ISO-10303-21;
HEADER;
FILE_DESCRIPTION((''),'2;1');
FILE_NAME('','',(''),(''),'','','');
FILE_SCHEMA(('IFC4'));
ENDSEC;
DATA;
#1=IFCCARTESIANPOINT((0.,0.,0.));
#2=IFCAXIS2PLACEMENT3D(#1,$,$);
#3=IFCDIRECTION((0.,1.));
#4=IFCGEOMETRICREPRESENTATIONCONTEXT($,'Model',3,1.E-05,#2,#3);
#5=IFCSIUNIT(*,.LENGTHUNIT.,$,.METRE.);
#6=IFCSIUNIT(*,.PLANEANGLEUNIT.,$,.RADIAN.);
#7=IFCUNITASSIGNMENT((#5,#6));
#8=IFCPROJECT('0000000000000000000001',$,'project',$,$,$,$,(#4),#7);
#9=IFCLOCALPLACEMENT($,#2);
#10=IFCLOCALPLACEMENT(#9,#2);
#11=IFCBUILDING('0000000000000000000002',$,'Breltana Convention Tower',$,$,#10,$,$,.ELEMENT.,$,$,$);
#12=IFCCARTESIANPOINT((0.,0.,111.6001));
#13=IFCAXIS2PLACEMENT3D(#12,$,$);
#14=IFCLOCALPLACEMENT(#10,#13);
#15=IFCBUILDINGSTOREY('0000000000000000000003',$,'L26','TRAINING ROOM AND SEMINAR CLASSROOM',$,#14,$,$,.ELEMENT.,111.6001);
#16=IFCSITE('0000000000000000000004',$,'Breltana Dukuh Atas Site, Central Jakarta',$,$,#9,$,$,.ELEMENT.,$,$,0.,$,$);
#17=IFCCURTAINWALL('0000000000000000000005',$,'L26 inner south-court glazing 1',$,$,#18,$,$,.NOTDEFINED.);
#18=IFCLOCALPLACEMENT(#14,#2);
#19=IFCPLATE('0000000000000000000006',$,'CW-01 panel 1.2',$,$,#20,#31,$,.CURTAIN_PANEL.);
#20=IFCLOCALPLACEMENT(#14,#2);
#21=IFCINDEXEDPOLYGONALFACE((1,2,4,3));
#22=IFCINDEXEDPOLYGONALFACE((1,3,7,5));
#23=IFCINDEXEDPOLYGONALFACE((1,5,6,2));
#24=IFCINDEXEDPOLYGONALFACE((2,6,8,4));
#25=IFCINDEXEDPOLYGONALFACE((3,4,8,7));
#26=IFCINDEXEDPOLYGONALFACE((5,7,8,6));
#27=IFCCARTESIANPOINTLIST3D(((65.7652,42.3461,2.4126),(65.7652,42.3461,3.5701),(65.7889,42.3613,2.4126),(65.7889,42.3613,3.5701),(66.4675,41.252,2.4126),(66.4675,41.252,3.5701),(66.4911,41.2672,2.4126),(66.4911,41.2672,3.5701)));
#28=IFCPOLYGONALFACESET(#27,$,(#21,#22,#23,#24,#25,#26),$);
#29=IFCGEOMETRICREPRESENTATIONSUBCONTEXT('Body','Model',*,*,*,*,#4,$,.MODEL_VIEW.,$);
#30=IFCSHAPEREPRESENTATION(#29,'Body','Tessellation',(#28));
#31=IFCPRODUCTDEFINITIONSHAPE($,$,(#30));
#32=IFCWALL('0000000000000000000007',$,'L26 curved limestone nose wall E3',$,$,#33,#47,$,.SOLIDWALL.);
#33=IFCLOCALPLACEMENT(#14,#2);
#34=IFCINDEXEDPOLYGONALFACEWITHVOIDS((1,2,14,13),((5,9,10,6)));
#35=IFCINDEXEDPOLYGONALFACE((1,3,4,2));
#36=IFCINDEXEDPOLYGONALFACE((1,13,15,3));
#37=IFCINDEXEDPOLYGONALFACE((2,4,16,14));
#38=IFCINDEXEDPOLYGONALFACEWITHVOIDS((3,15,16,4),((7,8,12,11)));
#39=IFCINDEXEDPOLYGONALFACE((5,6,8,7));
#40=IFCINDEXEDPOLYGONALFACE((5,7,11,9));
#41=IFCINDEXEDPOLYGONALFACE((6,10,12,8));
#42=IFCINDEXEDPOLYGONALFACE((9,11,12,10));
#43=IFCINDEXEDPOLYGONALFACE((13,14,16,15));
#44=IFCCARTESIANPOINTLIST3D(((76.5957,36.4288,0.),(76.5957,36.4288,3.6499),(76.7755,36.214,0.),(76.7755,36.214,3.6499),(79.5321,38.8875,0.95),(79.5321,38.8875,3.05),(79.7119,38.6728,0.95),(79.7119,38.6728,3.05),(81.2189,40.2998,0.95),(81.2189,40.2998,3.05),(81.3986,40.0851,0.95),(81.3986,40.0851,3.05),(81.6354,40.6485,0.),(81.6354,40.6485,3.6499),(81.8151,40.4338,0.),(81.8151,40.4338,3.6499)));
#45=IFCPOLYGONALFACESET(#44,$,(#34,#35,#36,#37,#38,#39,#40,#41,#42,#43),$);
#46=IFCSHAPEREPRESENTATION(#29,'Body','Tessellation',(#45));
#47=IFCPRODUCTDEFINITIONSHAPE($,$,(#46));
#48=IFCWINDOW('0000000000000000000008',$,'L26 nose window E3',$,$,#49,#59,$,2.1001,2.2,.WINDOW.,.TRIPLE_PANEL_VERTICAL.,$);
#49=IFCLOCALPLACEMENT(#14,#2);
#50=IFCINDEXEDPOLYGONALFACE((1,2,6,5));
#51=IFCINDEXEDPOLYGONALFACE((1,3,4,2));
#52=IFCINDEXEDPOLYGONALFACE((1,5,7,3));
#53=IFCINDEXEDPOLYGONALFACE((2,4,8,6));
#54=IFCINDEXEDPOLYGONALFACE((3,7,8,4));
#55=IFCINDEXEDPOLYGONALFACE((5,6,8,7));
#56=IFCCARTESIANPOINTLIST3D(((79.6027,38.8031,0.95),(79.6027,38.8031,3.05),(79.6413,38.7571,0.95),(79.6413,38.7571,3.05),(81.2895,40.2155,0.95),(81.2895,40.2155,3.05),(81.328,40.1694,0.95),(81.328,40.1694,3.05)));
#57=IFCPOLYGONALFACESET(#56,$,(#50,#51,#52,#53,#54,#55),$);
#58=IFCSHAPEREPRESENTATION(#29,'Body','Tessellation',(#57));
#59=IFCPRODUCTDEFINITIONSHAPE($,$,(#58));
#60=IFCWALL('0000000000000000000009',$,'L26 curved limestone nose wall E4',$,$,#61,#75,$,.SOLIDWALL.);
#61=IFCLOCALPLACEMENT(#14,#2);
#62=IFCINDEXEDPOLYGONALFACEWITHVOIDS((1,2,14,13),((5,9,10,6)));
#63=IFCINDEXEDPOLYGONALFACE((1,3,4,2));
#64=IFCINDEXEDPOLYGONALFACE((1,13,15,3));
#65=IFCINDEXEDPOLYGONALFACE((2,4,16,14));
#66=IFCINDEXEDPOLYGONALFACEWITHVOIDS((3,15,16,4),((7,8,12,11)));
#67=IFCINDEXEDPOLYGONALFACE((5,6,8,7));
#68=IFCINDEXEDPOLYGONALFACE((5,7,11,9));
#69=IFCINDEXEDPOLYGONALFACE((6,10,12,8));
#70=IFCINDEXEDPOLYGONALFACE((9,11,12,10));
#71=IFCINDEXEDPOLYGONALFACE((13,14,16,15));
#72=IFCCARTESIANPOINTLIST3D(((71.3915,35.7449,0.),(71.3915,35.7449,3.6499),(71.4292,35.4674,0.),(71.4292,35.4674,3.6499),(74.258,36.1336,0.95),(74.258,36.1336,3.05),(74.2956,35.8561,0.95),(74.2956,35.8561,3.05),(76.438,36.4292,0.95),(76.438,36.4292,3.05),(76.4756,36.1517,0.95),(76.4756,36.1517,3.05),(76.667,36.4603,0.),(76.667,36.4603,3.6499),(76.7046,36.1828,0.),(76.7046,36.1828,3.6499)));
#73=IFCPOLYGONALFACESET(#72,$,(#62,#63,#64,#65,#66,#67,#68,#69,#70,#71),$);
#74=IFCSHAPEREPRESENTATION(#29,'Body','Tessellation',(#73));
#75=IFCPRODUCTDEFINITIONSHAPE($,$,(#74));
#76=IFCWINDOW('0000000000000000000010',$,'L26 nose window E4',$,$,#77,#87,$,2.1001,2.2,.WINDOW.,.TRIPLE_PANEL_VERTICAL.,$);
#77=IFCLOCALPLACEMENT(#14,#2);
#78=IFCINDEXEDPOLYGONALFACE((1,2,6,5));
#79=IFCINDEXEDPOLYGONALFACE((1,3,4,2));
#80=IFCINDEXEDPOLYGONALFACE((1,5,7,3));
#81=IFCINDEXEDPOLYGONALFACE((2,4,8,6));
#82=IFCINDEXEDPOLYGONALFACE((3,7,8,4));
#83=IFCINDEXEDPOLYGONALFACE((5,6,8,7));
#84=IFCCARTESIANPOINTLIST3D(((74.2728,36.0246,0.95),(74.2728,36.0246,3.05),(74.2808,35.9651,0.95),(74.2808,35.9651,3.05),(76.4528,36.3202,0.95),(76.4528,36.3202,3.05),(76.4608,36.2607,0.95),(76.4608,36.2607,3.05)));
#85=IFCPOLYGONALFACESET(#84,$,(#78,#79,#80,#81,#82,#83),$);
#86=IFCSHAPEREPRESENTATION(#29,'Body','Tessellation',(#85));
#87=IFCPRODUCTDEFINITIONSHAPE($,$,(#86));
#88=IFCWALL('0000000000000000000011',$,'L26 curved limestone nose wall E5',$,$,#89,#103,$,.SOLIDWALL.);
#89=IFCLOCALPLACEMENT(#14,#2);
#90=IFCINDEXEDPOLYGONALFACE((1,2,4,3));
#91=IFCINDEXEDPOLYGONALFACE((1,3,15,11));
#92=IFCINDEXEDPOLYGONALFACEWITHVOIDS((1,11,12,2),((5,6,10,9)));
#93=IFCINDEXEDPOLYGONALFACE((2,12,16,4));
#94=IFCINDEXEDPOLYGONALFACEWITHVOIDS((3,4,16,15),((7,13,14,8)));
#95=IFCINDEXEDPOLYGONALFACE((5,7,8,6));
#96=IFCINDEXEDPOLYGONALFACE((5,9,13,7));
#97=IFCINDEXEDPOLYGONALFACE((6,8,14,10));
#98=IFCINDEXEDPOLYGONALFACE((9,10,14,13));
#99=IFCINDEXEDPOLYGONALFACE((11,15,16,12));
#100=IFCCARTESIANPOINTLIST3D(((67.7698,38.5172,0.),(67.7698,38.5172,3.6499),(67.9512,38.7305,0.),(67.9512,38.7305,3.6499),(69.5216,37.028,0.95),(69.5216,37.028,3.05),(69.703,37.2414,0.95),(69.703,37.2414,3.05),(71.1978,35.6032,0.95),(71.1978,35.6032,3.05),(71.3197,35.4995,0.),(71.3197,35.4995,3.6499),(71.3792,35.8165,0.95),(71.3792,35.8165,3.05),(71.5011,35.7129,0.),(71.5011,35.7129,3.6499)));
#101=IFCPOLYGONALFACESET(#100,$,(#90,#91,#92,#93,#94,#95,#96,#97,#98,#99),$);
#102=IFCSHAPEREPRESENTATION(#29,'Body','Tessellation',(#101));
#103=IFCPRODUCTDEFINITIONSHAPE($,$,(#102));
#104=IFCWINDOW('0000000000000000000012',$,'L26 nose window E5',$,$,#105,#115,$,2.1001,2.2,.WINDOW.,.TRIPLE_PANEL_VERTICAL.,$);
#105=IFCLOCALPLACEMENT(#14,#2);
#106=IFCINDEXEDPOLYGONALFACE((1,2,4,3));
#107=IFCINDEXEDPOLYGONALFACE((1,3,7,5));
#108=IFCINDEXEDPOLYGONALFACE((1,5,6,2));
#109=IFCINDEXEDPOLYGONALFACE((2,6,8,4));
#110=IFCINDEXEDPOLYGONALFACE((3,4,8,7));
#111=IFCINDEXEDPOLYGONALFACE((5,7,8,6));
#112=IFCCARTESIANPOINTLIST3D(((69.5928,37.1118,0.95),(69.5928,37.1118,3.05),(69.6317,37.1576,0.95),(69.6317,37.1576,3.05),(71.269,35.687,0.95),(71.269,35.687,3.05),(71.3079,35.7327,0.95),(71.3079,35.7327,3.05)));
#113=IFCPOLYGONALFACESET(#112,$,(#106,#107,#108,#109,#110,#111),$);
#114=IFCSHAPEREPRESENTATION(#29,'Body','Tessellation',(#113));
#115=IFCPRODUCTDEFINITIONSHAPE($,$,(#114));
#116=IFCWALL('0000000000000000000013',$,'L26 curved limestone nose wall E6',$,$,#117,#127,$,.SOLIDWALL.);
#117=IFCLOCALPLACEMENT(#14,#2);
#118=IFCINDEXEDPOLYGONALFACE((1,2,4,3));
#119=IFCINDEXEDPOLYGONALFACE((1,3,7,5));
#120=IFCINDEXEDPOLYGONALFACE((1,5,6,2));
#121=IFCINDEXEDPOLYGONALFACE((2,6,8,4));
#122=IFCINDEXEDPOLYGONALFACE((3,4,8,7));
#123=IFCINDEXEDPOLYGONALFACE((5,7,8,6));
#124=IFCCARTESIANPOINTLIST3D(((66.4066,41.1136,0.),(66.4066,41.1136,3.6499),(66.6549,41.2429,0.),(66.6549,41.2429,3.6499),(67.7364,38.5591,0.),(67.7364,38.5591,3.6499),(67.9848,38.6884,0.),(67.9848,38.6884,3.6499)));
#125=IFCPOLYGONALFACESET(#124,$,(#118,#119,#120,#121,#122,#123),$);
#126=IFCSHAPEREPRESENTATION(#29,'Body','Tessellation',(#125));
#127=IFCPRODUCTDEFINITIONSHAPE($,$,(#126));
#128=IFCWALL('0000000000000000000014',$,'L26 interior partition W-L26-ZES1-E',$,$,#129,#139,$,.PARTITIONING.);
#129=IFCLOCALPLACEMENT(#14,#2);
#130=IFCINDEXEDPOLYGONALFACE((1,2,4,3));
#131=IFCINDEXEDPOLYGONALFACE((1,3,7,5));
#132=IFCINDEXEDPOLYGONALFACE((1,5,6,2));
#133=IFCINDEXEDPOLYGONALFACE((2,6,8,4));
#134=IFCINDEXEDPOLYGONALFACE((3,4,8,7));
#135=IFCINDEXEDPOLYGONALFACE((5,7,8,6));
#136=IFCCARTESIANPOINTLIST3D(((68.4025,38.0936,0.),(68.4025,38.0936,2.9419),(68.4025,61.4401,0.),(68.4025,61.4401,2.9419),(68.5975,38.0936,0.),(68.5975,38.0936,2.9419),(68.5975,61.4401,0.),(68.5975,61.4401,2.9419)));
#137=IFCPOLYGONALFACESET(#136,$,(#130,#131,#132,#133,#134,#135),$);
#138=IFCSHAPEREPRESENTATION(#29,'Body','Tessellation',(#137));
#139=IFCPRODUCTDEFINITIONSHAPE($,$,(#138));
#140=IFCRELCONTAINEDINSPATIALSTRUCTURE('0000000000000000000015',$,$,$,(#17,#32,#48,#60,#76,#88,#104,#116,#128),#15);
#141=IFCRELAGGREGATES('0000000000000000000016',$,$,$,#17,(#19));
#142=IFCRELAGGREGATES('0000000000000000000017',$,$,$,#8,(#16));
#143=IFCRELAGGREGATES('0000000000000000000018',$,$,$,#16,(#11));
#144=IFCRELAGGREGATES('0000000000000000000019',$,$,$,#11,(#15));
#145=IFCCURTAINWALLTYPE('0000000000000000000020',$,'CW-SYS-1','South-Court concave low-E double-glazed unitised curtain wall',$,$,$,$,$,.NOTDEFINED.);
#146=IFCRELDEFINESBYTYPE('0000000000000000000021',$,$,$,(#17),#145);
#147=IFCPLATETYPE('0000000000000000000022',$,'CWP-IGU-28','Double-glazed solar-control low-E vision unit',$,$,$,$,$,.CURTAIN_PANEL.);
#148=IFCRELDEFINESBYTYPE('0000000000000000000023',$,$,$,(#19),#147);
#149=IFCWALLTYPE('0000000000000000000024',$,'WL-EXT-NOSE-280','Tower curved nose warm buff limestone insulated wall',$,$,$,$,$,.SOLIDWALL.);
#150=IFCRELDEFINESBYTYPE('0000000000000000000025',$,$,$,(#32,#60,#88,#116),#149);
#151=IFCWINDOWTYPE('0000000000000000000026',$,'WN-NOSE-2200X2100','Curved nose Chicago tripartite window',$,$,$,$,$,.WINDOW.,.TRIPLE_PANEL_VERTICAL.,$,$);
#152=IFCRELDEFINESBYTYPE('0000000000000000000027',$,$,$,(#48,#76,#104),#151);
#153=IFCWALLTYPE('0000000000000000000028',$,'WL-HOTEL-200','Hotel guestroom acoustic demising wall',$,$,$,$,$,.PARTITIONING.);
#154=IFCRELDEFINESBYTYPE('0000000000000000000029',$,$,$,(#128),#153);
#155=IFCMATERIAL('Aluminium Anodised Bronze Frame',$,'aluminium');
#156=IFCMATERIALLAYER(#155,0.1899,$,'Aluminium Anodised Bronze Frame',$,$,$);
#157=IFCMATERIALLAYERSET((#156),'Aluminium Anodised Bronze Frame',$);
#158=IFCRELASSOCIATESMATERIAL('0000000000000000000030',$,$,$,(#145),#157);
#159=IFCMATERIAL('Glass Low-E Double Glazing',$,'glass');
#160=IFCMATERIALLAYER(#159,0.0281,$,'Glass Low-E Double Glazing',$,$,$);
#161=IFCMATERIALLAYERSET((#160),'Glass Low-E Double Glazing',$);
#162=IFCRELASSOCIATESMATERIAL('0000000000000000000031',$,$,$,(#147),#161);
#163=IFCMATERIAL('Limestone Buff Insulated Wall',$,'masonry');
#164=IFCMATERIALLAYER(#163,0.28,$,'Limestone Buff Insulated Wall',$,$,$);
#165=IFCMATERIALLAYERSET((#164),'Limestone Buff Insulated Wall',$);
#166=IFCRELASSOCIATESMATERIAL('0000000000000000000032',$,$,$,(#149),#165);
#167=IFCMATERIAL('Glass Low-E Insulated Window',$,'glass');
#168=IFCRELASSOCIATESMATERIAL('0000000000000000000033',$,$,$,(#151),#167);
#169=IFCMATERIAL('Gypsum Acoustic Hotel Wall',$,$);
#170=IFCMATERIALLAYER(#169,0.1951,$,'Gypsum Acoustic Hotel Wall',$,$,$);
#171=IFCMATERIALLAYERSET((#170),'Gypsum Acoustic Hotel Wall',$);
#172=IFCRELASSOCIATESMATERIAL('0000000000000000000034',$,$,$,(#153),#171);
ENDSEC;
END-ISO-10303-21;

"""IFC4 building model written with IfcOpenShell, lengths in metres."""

from ifc_helpers import new_model, si_unit, direction, frame, frame_2d, origin, origin_2d, place, context, subcontext, project, spatial, rectangle, extrude, source, transform, mapped, material, layer, layer_set, type_object, type_shapes, element, fill, aggregate, save


model = new_model("IFC4")

# Units and contexts
model_context = context("Model", 3, precision=1e-05, world=origin(), true_north=direction((0.0, 1.0)))
body_context = subcontext(model_context, "Body", "Model", "MODEL_VIEW")
ifc_project = project(units=[si_unit("LENGTHUNIT", "METRE"), si_unit("PLANEANGLEUNIT", "RADIAN")], contexts=[model_context])

# Site, building, storey
site_placement = place(None, origin())
site = spatial("IfcSite", under=ifc_project, at=site_placement, Name="Breltana Dukuh Atas Site, Central Jakarta", CompositionType="ELEMENT", RefElevation=0.0)
building_placement = place(site_placement, origin())
building = spatial("IfcBuilding", under=site, at=building_placement, Name="Breltana Convention Tower", CompositionType="ELEMENT")
storey_placement = place(building_placement, frame((0.0, 0.0, 111.6001)))
storey = spatial("IfcBuildingStorey", under=building, at=storey_placement, Name="L26", Description="TRAINING ROOM AND SEMINAR CLASSROOM", CompositionType="ELEMENT", Elevation=111.6001)

# Curtain wall, plate
ifc_material_1 = material(Name="Aluminium Anodised Bronze Frame", Category="aluminium")
ifc_layer_1 = layer(ifc_material_1, 0.1899, Name="Aluminium Anodised Bronze Frame")
ifc_layer_set_1 = layer_set([ifc_layer_1], Name="Aluminium Anodised Bronze Frame")
curtain_wall_type = type_object("IfcCurtainWallType", Name="CW-SYS-1", Description="South-Court concave low-E double-glazed unitised curtain wall", PredefinedType="NOTDEFINED", material=ifc_layer_set_1)
curtain_wall_placement = place(storey_placement, origin())
curtain_wall = element("IfcCurtainWall", 1, at=curtain_wall_placement, inside=storey, type_object=curtain_wall_type, Name="L26 inner south-court glazing 1", PredefinedType="NOTDEFINED")
ifc_material_2 = material(Name="Glass Low-E Double Glazing", Category="glass")
ifc_layer_2 = layer(ifc_material_2, 0.0281, Name="Glass Low-E Double Glazing")
ifc_layer_set_2 = layer_set([ifc_layer_2], Name="Glass Low-E Double Glazing")
plate_type = type_object("IfcPlateType", Name="CWP-IGU-28", Description="Double-glazed solar-control low-E vision unit", PredefinedType="CURTAIN_PANEL", material=ifc_layer_set_2)
shared_shape_1 = source(origin(), body_context, "Body", "SweptSolid", [
    extrude(rectangle(XDim=1.3, YDim=0.0281, at=origin_2d()), origin(), (0.0, 0.0, 1.0), 1.1575),
])
plate_1_placement = place(storey_placement, frame((66.1282, 41.8066, 2.4126), z_axis=(0.0, 0.0, 1.0), x_axis=(-0.540177, 0.841551, 0.0)))
plate_1 = element("IfcPlate", 2, at=plate_1_placement, type_object=plate_type, Name="CW-01 panel 1.2", PredefinedType="CURTAIN_PANEL", context=body_context, shape_type="MappedRepresentation", body=[
    mapped(shared_shape_1, transform((0.0, 0.0, 0.0), scale=1.0)),
])
aggregate(curtain_wall, [plate_1])

# Walls, openings, windows
ifc_material_3 = material(Name="Limestone Buff Insulated Wall", Category="masonry")
ifc_layer_3 = layer(ifc_material_3, 0.28, Name="Limestone Buff Insulated Wall")
ifc_layer_set_3 = layer_set([ifc_layer_3], Name="Limestone Buff Insulated Wall")
wall_type_1 = type_object("IfcWallType", Name="WL-EXT-NOSE-280", Description="Tower curved nose warm buff limestone insulated wall", PredefinedType="SOLIDWALL", material=ifc_layer_set_3)
shared_shape_2 = source(origin(), body_context, "Body", "SweptSolid", [
    extrude(rectangle(XDim=6.573, YDim=0.28, at=frame_2d((3.2866, 0.0))), origin(), (0.0, 0.0, 1.0), 3.6499),
])
wall_1_placement = place(storey_placement, frame((81.7253, 40.5413, 0.0), z_axis=(0.0, 0.0, 1.0), x_axis=(-0.766715, -0.641987, 0.0)))
wall_1 = element("IfcWall", 3, at=wall_1_placement, inside=storey, type_object=wall_type_1, Name="L26 curved limestone nose wall E3", PredefinedType="SOLIDWALL", context=body_context, shape_type="MappedRepresentation", body=[
    mapped(shared_shape_2, transform((0.0, 0.0, 0.0), scale=1.0)),
])
opening_1_placement = place(wall_1_placement, frame((0.5432, 0.0, 0.95)))
opening_1 = element("IfcOpeningElement", 4, at=opening_1_placement, cuts=wall_1, PredefinedType="OPENING", context=body_context, shape_type="SweptSolid", body=[
    extrude(rectangle(XDim=2.2, YDim=2.1001, at=frame_2d((1.1001, 1.05))), frame((0.0, 0.1499, 0.0), z_axis=(0.0, -1.0, 0.0), x_axis=(1.0, 0.0, 0.0)), (0.0, 0.0, 1.0), 0.3),
])
ifc_material_4 = material(Name="Glass Low-E Insulated Window", Category="glass")
window_type = type_object("IfcWindowType", Name="WN-NOSE-2200X2100", Description="Curved nose Chicago tripartite window", PartitioningType="TRIPLE_PANEL_VERTICAL", PredefinedType="WINDOW", material=ifc_material_4)
shared_shape_3 = source(origin(), body_context, "Body", "SweptSolid", [
    extrude(rectangle(XDim=2.2, YDim=2.1001, at=frame_2d((1.1001, 1.05))), frame((0.0, 0.03, 0.0), z_axis=(0.0, -1.0, 0.0), x_axis=(1.0, 0.0, 0.0)), (0.0, 0.0, 1.0), 0.0601),
])
type_shapes(window_type, [shared_shape_3])
window_1_placement = place(opening_1_placement, origin())
window_1 = element("IfcWindow", 5, at=window_1_placement, inside=storey, type_object=window_type, Name="L26 nose window E3", OverallHeight=2.1001, OverallWidth=2.2, PartitioningType="TRIPLE_PANEL_VERTICAL", PredefinedType="WINDOW", context=body_context, shape_type="MappedRepresentation", body=[
    mapped(shared_shape_3, transform((0.0, 0.0, 0.0), scale=1.0)),
])
fill(opening_1, window_1)
shared_shape_4 = source(origin(), body_context, "Body", "SweptSolid", [
    extrude(rectangle(XDim=5.3237, YDim=0.28, at=frame_2d((2.6619, 0.0))), origin(), (0.0, 0.0, 1.0), 3.6499),
])
wall_2_placement = place(storey_placement, frame((76.6858, 36.3215, 0.0), z_axis=(0.0, 0.0, 1.0), x_axis=(-0.990931, -0.134368, 0.0)))
wall_2 = element("IfcWall", 6, at=wall_2_placement, inside=storey, type_object=wall_type_1, Name="L26 curved limestone nose wall E4", PredefinedType="SOLIDWALL", context=body_context, shape_type="MappedRepresentation", body=[
    mapped(shared_shape_4, transform((0.0, 0.0, 0.0), scale=1.0)),
])
opening_2_placement = place(wall_2_placement, frame((0.231, 0.0, 0.95)))
opening_2 = element("IfcOpeningElement", 7, at=opening_2_placement, cuts=wall_2, PredefinedType="OPENING", context=body_context, shape_type="SweptSolid", body=[
    extrude(rectangle(XDim=2.2, YDim=2.1001, at=frame_2d((1.1001, 1.05))), frame((0.0, 0.1499, 0.0), z_axis=(0.0, -1.0, 0.0), x_axis=(1.0, 0.0, 0.0)), (0.0, 0.0, 1.0), 0.3),
])
window_2_placement = place(opening_2_placement, origin())
window_2 = element("IfcWindow", 8, at=window_2_placement, inside=storey, type_object=window_type, Name="L26 nose window E4", OverallHeight=2.1001, OverallWidth=2.2, PartitioningType="TRIPLE_PANEL_VERTICAL", PredefinedType="WINDOW", context=body_context, shape_type="MappedRepresentation", body=[
    mapped(shared_shape_3, transform((0.0, 0.0, 0.0), scale=1.0)),
])
fill(opening_2, window_2)
shared_shape_5 = source(origin(), body_context, "Body", "SweptSolid", [
    extrude(rectangle(XDim=4.6592, YDim=0.28, at=frame_2d((2.3296, 0.0))), origin(), (0.0, 0.0, 1.0), 3.6499),
])
wall_3_placement = place(storey_placement, frame((71.4104, 35.6062, 0.0), z_axis=(0.0, 0.0, 1.0), x_axis=(-0.761913, 0.647679, 0.0)))
wall_3 = element("IfcWall", 9, at=wall_3_placement, inside=storey, type_object=wall_type_1, Name="L26 curved limestone nose wall E5", PredefinedType="SOLIDWALL", context=body_context, shape_type="MappedRepresentation", body=[
    mapped(shared_shape_5, transform((0.0, 0.0, 0.0), scale=1.0)),
])
opening_3_placement = place(wall_3_placement, frame((0.1599, 0.0, 0.95)))
opening_3 = element("IfcOpeningElement", 10, at=opening_3_placement, cuts=wall_3, PredefinedType="OPENING", context=body_context, shape_type="SweptSolid", body=[
    extrude(rectangle(XDim=2.2, YDim=2.1001, at=frame_2d((1.1001, 1.05))), frame((0.0, 0.1499, 0.0), z_axis=(0.0, -1.0, 0.0), x_axis=(1.0, 0.0, 0.0)), (0.0, 0.0, 1.0), 0.3),
])
window_3_placement = place(opening_3_placement, origin())
window_3 = element("IfcWindow", 11, at=window_3_placement, inside=storey, type_object=window_type, Name="L26 nose window E5", OverallHeight=2.1001, OverallWidth=2.2, PartitioningType="TRIPLE_PANEL_VERTICAL", PredefinedType="WINDOW", context=body_context, shape_type="MappedRepresentation", body=[
    mapped(shared_shape_3, transform((0.0, 0.0, 0.0), scale=1.0)),
])
fill(opening_3, window_3)

# Walls
shared_shape_6 = source(origin(), body_context, "Body", "SweptSolid", [
    extrude(rectangle(XDim=2.8799, YDim=0.28, at=frame_2d((1.4399, 0.0))), origin(), (0.0, 0.0, 1.0), 3.6499),
])
wall_4_placement = place(storey_placement, frame((67.8606, 38.6238, 0.0), z_axis=(0.0, 0.0, 1.0), x_axis=(-0.461769, 0.887, 0.0)))
element("IfcWall", 12, at=wall_4_placement, inside=storey, type_object=wall_type_1, Name="L26 curved limestone nose wall E6", PredefinedType="SOLIDWALL", context=body_context, shape_type="MappedRepresentation", body=[
    mapped(shared_shape_6, transform((0.0, 0.0, 0.0), scale=1.0)),
])
ifc_material_5 = material(Name="Gypsum Acoustic Hotel Wall")
ifc_layer_4 = layer(ifc_material_5, 0.1951, Name="Gypsum Acoustic Hotel Wall")
ifc_layer_set_4 = layer_set([ifc_layer_4], Name="Gypsum Acoustic Hotel Wall")
wall_type_2 = type_object("IfcWallType", Name="WL-HOTEL-200", Description="Hotel guestroom acoustic demising wall", PredefinedType="PARTITIONING", material=ifc_layer_set_4)
shared_shape_7 = source(origin(), body_context, "Body", "SweptSolid", [
    extrude(rectangle(XDim=23.3464, YDim=0.1951, at=frame_2d((11.6733, 0.0))), origin(), (0.0, 0.0, 1.0), 2.9419),
])
wall_5_placement = place(storey_placement, frame((68.5, 38.0935, 0.0), z_axis=(0.0, 0.0, 1.0), x_axis=(0.0, 1.0, 0.0)))
element("IfcWall", 13, at=wall_5_placement, inside=storey, type_object=wall_type_2, Name="L26 interior partition W-L26-ZES1-E", PredefinedType="PARTITIONING", context=body_context, shape_type="MappedRepresentation", body=[
    mapped(shared_shape_7, transform((0.0, 0.0, 0.0), scale=1.0)),
])

save(model, "model.ifc")
